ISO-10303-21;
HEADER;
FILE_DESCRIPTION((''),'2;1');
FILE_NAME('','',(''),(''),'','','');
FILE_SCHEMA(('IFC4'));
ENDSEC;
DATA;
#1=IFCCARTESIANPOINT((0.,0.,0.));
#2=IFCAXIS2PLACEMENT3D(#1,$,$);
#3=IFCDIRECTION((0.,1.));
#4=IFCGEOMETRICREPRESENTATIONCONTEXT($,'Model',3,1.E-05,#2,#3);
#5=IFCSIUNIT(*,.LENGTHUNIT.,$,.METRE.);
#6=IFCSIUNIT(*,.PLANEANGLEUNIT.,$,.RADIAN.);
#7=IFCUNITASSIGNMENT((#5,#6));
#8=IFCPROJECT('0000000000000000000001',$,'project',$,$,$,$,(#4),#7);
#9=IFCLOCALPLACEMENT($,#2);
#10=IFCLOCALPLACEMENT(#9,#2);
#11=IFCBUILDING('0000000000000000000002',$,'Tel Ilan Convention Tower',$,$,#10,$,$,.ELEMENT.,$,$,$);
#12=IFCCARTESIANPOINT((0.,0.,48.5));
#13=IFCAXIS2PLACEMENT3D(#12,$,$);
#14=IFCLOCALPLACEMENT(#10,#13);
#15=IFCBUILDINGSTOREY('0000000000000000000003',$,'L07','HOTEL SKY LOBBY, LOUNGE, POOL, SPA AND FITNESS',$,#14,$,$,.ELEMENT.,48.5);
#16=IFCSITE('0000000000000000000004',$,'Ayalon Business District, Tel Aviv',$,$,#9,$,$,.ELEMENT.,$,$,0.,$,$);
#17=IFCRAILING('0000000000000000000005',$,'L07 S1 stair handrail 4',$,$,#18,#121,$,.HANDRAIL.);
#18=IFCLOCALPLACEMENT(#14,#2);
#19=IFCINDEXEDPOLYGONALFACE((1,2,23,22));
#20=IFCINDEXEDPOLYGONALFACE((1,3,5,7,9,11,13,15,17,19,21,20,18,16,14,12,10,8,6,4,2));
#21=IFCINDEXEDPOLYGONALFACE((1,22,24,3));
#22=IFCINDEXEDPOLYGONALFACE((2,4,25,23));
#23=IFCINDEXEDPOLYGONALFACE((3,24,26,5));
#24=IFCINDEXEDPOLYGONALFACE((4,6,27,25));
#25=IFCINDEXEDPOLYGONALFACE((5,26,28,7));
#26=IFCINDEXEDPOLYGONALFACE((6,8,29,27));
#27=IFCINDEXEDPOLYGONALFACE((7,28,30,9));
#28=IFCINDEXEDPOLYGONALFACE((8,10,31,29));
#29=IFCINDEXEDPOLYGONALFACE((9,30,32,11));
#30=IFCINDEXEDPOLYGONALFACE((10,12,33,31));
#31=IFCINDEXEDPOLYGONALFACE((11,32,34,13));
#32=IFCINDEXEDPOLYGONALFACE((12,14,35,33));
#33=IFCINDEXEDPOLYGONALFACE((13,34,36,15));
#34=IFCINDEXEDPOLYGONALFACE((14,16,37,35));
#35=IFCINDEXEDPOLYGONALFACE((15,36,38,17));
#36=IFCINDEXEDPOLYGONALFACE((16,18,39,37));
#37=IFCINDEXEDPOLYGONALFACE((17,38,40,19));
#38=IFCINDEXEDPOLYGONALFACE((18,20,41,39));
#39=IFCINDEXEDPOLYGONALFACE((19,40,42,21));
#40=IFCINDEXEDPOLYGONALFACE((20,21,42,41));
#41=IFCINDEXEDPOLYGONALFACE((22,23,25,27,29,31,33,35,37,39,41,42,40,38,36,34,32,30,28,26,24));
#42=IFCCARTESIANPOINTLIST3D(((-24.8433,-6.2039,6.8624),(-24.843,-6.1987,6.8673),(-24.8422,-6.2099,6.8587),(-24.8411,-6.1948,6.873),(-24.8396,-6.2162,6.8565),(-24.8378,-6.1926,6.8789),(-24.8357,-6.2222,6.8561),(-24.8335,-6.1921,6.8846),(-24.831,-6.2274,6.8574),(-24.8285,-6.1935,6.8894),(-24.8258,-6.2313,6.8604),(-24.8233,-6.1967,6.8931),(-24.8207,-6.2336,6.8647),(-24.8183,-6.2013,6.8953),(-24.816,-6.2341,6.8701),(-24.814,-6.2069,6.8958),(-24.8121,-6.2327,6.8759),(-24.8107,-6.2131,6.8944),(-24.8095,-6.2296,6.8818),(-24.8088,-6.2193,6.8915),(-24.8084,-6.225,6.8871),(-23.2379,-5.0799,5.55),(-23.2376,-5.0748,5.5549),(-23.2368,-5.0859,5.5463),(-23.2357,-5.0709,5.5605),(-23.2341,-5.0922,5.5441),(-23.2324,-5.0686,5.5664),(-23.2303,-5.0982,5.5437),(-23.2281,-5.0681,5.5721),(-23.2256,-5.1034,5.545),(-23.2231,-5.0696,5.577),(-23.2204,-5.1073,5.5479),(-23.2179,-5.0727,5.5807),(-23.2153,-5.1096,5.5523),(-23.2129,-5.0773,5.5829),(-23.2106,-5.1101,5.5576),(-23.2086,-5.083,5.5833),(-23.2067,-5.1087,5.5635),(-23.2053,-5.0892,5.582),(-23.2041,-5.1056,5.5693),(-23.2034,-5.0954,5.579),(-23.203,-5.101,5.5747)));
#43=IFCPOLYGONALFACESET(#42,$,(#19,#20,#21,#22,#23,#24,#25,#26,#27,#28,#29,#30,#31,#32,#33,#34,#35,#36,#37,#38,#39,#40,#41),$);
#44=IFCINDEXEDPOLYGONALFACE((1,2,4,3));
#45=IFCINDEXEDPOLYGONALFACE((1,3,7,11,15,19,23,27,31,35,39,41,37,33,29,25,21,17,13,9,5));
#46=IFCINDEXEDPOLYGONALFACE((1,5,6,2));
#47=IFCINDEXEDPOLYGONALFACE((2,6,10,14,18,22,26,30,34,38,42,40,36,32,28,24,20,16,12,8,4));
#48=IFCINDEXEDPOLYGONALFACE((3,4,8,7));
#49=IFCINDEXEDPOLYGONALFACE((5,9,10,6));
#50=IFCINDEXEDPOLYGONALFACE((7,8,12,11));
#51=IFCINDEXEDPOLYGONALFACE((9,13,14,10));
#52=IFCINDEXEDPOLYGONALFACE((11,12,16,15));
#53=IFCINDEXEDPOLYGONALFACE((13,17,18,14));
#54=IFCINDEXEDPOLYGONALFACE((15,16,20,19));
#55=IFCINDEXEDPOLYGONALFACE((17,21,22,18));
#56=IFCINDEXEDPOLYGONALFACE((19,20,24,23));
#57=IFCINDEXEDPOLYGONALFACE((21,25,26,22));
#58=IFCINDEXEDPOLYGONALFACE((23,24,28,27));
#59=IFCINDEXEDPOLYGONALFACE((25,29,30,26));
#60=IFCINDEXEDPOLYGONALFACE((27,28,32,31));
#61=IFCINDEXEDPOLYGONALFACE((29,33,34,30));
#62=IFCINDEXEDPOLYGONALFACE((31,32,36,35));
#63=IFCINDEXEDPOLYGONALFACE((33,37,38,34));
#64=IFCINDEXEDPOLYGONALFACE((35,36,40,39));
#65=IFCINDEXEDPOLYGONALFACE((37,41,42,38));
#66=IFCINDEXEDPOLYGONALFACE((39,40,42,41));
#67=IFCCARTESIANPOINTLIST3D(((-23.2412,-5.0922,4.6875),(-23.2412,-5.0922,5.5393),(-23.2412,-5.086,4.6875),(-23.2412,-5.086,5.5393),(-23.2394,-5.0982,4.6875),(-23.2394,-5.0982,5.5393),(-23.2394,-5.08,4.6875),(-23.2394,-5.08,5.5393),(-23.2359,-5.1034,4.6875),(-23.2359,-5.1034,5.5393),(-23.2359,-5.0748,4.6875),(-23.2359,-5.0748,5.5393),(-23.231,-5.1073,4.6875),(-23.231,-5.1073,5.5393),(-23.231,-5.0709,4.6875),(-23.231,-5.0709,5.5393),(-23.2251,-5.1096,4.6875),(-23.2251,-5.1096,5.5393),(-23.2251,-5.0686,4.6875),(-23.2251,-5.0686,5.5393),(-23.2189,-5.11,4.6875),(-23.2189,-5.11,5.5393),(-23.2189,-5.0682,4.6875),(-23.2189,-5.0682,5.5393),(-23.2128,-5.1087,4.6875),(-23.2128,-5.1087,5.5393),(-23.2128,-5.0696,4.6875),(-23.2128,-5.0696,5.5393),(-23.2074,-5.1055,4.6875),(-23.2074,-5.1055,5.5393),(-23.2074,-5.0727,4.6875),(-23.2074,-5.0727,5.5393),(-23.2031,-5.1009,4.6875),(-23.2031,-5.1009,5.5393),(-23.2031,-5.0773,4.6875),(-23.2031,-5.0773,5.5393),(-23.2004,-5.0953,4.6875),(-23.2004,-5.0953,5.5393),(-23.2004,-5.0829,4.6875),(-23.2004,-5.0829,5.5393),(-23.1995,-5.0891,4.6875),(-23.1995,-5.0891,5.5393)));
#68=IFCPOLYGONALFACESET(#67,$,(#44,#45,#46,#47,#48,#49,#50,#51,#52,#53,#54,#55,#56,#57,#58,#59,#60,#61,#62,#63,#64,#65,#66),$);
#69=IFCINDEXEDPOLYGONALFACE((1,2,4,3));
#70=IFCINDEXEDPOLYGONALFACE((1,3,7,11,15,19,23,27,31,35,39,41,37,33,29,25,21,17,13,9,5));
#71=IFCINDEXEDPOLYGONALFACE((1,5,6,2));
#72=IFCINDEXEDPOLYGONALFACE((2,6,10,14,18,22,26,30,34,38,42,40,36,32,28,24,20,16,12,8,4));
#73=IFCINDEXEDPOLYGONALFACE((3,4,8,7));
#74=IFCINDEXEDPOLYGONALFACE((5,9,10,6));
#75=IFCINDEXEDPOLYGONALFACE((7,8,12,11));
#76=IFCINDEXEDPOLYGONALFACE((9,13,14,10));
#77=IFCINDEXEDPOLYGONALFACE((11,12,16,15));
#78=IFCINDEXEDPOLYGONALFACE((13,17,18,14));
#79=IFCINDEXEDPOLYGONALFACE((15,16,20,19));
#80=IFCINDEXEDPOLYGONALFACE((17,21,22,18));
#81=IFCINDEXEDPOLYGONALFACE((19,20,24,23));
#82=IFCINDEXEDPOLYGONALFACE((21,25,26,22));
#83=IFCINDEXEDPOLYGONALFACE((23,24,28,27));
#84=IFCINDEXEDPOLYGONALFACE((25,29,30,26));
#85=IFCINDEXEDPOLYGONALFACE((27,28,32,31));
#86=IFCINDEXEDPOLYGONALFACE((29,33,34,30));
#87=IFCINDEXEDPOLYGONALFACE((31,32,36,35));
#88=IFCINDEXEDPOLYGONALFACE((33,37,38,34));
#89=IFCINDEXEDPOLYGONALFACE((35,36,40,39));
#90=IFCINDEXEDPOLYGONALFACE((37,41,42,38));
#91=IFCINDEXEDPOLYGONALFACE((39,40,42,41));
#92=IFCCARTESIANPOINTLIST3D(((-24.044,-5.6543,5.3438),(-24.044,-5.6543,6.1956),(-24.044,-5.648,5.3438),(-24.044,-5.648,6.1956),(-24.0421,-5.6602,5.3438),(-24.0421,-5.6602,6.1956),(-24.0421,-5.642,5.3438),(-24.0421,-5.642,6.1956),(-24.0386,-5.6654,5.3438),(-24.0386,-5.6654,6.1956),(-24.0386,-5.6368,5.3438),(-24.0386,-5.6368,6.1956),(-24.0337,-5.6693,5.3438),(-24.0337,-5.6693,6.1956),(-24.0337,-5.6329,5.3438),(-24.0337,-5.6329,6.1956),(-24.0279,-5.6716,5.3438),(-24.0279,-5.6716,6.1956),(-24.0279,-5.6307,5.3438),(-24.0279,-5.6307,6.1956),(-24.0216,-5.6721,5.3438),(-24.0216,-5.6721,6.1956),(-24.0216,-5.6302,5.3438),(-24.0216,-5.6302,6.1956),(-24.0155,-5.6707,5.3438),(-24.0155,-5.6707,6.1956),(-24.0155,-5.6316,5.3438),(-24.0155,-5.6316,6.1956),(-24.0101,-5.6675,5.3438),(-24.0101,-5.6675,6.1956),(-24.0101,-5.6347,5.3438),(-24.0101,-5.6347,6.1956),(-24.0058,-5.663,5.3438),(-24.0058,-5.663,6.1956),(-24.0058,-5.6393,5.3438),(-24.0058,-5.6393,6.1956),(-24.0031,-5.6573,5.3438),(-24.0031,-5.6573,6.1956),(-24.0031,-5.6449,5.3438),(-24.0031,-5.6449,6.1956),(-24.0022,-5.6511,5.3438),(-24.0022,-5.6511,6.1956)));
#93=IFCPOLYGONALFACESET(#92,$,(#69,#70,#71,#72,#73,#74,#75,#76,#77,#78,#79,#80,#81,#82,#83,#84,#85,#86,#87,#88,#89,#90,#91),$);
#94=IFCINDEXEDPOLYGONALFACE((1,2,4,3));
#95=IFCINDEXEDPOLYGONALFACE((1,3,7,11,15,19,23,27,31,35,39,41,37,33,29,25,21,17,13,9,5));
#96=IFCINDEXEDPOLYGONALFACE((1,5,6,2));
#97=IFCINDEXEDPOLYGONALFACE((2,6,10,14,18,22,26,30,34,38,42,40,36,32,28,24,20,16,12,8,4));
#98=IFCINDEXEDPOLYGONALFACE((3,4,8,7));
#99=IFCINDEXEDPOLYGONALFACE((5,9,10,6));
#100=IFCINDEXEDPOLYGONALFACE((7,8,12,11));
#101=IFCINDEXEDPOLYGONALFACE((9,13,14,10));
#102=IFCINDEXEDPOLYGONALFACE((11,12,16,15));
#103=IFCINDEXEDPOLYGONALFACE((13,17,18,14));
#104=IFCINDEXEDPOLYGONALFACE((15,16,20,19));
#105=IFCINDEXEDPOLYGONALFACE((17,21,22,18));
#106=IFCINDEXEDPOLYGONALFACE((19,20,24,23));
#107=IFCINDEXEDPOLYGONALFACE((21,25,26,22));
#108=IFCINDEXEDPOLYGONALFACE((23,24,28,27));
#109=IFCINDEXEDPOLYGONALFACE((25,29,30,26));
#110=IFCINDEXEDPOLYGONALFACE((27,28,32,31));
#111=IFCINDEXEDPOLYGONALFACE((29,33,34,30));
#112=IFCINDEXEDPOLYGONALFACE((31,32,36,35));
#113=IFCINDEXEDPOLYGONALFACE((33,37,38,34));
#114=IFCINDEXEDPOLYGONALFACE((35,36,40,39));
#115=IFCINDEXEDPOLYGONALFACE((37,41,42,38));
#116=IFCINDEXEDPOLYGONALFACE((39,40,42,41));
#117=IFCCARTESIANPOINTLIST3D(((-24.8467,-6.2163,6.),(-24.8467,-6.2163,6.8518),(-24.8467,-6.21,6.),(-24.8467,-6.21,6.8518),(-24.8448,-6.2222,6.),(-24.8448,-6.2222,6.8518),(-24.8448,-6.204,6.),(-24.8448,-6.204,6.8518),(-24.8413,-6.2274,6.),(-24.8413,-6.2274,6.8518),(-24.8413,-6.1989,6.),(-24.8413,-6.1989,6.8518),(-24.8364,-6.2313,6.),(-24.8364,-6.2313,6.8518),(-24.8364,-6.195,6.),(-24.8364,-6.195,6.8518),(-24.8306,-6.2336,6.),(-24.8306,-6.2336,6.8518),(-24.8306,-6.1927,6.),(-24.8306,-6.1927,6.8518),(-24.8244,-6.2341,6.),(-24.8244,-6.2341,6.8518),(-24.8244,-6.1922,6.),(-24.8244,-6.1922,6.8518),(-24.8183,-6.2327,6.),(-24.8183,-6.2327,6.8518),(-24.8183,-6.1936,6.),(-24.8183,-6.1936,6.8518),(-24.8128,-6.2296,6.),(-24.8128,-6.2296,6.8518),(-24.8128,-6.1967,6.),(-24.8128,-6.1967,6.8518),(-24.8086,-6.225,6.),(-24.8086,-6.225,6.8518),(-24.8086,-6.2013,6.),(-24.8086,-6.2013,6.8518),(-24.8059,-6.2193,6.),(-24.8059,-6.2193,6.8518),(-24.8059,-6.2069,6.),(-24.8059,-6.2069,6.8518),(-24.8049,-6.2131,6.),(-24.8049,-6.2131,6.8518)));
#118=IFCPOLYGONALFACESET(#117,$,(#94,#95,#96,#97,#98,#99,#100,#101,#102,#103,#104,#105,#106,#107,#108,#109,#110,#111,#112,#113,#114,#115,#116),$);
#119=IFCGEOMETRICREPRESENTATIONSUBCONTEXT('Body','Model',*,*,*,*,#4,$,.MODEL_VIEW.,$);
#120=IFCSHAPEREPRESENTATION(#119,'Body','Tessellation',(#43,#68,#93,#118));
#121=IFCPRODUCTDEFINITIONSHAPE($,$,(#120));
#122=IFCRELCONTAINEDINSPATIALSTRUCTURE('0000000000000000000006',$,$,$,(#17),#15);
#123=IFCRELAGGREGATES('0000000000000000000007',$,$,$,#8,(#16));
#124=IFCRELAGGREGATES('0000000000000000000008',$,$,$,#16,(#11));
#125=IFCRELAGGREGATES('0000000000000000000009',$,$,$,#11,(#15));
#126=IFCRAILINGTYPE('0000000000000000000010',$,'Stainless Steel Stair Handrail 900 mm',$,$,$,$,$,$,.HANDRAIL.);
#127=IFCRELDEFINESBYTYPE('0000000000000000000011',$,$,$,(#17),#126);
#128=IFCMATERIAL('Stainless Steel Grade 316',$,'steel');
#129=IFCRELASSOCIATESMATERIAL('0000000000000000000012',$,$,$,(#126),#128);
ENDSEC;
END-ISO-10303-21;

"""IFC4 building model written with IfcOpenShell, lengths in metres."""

from ifc_helpers import new_model, si_unit, direction, frame, origin, origin_2d, place, context, subcontext, project, spatial, circle, extrude, material, type_object, element, save


model = new_model("IFC4")

# Units and contexts
model_context = context("Model", 3, precision=1e-05, world=origin(), true_north=direction((0.0, 1.0)))
body_context = subcontext(model_context, "Body", "Model", "MODEL_VIEW")
ifc_project = project(units=[si_unit("LENGTHUNIT", "METRE"), si_unit("PLANEANGLEUNIT", "RADIAN")], contexts=[model_context])

# Site, building, storey
site_placement = place(None, origin())
site = spatial("IfcSite", under=ifc_project, at=site_placement, Name="Ayalon Business District, Tel Aviv", CompositionType="ELEMENT", RefElevation=0.0)
building_placement = place(site_placement, origin())
building = spatial("IfcBuilding", under=site, at=building_placement, Name="Tel Ilan Convention Tower", CompositionType="ELEMENT")
storey_placement = place(building_placement, frame((0.0, 0.0, 48.5)))
storey = spatial("IfcBuildingStorey", under=building, at=storey_placement, Name="L07", Description="HOTEL SKY LOBBY, LOUNGE, POOL, SPA AND FITNESS", CompositionType="ELEMENT", Elevation=48.5)

# Railing
ifc_material_1 = material(Name="Stainless Steel Grade 316", Category="steel")
railing_type_1 = type_object("IfcRailingType", Name="Stainless Steel Stair Handrail 900 mm", PredefinedType="HANDRAIL", material=ifc_material_1)
railing_1_placement = place(storey_placement, frame((-23.2205, -5.0891, 4.6875)))
element("IfcRailing", 1, at=railing_1_placement, inside=storey, type_object=railing_type_1, Name="L07 S1 stair handrail 4", PredefinedType="HANDRAIL", context=body_context, shape_type="SweptSolid", body=[
    extrude(circle(Radius=0.0239, at=origin_2d()), frame((0.0, 0.0, 0.876), z_axis=(-0.680649, -0.476537, 0.556443), x_axis=(0.573529, -0.819185, 0.0)), (0.0, 0.0, 1.0), 2.3586),
    extrude(circle(Radius=0.021, at=origin_2d()), origin(), (0.0, 0.0, 1.0), 0.8518),
    extrude(circle(Radius=0.021, at=origin_2d()), frame((-0.8027, -0.562, 0.6562)), (0.0, 0.0, 1.0), 0.8518),
    extrude(circle(Radius=0.021, at=origin_2d()), frame((-1.6055, -1.124, 1.3125)), (0.0, 0.0, 1.0), 0.8518),
])

save(model, "model.ifc")
